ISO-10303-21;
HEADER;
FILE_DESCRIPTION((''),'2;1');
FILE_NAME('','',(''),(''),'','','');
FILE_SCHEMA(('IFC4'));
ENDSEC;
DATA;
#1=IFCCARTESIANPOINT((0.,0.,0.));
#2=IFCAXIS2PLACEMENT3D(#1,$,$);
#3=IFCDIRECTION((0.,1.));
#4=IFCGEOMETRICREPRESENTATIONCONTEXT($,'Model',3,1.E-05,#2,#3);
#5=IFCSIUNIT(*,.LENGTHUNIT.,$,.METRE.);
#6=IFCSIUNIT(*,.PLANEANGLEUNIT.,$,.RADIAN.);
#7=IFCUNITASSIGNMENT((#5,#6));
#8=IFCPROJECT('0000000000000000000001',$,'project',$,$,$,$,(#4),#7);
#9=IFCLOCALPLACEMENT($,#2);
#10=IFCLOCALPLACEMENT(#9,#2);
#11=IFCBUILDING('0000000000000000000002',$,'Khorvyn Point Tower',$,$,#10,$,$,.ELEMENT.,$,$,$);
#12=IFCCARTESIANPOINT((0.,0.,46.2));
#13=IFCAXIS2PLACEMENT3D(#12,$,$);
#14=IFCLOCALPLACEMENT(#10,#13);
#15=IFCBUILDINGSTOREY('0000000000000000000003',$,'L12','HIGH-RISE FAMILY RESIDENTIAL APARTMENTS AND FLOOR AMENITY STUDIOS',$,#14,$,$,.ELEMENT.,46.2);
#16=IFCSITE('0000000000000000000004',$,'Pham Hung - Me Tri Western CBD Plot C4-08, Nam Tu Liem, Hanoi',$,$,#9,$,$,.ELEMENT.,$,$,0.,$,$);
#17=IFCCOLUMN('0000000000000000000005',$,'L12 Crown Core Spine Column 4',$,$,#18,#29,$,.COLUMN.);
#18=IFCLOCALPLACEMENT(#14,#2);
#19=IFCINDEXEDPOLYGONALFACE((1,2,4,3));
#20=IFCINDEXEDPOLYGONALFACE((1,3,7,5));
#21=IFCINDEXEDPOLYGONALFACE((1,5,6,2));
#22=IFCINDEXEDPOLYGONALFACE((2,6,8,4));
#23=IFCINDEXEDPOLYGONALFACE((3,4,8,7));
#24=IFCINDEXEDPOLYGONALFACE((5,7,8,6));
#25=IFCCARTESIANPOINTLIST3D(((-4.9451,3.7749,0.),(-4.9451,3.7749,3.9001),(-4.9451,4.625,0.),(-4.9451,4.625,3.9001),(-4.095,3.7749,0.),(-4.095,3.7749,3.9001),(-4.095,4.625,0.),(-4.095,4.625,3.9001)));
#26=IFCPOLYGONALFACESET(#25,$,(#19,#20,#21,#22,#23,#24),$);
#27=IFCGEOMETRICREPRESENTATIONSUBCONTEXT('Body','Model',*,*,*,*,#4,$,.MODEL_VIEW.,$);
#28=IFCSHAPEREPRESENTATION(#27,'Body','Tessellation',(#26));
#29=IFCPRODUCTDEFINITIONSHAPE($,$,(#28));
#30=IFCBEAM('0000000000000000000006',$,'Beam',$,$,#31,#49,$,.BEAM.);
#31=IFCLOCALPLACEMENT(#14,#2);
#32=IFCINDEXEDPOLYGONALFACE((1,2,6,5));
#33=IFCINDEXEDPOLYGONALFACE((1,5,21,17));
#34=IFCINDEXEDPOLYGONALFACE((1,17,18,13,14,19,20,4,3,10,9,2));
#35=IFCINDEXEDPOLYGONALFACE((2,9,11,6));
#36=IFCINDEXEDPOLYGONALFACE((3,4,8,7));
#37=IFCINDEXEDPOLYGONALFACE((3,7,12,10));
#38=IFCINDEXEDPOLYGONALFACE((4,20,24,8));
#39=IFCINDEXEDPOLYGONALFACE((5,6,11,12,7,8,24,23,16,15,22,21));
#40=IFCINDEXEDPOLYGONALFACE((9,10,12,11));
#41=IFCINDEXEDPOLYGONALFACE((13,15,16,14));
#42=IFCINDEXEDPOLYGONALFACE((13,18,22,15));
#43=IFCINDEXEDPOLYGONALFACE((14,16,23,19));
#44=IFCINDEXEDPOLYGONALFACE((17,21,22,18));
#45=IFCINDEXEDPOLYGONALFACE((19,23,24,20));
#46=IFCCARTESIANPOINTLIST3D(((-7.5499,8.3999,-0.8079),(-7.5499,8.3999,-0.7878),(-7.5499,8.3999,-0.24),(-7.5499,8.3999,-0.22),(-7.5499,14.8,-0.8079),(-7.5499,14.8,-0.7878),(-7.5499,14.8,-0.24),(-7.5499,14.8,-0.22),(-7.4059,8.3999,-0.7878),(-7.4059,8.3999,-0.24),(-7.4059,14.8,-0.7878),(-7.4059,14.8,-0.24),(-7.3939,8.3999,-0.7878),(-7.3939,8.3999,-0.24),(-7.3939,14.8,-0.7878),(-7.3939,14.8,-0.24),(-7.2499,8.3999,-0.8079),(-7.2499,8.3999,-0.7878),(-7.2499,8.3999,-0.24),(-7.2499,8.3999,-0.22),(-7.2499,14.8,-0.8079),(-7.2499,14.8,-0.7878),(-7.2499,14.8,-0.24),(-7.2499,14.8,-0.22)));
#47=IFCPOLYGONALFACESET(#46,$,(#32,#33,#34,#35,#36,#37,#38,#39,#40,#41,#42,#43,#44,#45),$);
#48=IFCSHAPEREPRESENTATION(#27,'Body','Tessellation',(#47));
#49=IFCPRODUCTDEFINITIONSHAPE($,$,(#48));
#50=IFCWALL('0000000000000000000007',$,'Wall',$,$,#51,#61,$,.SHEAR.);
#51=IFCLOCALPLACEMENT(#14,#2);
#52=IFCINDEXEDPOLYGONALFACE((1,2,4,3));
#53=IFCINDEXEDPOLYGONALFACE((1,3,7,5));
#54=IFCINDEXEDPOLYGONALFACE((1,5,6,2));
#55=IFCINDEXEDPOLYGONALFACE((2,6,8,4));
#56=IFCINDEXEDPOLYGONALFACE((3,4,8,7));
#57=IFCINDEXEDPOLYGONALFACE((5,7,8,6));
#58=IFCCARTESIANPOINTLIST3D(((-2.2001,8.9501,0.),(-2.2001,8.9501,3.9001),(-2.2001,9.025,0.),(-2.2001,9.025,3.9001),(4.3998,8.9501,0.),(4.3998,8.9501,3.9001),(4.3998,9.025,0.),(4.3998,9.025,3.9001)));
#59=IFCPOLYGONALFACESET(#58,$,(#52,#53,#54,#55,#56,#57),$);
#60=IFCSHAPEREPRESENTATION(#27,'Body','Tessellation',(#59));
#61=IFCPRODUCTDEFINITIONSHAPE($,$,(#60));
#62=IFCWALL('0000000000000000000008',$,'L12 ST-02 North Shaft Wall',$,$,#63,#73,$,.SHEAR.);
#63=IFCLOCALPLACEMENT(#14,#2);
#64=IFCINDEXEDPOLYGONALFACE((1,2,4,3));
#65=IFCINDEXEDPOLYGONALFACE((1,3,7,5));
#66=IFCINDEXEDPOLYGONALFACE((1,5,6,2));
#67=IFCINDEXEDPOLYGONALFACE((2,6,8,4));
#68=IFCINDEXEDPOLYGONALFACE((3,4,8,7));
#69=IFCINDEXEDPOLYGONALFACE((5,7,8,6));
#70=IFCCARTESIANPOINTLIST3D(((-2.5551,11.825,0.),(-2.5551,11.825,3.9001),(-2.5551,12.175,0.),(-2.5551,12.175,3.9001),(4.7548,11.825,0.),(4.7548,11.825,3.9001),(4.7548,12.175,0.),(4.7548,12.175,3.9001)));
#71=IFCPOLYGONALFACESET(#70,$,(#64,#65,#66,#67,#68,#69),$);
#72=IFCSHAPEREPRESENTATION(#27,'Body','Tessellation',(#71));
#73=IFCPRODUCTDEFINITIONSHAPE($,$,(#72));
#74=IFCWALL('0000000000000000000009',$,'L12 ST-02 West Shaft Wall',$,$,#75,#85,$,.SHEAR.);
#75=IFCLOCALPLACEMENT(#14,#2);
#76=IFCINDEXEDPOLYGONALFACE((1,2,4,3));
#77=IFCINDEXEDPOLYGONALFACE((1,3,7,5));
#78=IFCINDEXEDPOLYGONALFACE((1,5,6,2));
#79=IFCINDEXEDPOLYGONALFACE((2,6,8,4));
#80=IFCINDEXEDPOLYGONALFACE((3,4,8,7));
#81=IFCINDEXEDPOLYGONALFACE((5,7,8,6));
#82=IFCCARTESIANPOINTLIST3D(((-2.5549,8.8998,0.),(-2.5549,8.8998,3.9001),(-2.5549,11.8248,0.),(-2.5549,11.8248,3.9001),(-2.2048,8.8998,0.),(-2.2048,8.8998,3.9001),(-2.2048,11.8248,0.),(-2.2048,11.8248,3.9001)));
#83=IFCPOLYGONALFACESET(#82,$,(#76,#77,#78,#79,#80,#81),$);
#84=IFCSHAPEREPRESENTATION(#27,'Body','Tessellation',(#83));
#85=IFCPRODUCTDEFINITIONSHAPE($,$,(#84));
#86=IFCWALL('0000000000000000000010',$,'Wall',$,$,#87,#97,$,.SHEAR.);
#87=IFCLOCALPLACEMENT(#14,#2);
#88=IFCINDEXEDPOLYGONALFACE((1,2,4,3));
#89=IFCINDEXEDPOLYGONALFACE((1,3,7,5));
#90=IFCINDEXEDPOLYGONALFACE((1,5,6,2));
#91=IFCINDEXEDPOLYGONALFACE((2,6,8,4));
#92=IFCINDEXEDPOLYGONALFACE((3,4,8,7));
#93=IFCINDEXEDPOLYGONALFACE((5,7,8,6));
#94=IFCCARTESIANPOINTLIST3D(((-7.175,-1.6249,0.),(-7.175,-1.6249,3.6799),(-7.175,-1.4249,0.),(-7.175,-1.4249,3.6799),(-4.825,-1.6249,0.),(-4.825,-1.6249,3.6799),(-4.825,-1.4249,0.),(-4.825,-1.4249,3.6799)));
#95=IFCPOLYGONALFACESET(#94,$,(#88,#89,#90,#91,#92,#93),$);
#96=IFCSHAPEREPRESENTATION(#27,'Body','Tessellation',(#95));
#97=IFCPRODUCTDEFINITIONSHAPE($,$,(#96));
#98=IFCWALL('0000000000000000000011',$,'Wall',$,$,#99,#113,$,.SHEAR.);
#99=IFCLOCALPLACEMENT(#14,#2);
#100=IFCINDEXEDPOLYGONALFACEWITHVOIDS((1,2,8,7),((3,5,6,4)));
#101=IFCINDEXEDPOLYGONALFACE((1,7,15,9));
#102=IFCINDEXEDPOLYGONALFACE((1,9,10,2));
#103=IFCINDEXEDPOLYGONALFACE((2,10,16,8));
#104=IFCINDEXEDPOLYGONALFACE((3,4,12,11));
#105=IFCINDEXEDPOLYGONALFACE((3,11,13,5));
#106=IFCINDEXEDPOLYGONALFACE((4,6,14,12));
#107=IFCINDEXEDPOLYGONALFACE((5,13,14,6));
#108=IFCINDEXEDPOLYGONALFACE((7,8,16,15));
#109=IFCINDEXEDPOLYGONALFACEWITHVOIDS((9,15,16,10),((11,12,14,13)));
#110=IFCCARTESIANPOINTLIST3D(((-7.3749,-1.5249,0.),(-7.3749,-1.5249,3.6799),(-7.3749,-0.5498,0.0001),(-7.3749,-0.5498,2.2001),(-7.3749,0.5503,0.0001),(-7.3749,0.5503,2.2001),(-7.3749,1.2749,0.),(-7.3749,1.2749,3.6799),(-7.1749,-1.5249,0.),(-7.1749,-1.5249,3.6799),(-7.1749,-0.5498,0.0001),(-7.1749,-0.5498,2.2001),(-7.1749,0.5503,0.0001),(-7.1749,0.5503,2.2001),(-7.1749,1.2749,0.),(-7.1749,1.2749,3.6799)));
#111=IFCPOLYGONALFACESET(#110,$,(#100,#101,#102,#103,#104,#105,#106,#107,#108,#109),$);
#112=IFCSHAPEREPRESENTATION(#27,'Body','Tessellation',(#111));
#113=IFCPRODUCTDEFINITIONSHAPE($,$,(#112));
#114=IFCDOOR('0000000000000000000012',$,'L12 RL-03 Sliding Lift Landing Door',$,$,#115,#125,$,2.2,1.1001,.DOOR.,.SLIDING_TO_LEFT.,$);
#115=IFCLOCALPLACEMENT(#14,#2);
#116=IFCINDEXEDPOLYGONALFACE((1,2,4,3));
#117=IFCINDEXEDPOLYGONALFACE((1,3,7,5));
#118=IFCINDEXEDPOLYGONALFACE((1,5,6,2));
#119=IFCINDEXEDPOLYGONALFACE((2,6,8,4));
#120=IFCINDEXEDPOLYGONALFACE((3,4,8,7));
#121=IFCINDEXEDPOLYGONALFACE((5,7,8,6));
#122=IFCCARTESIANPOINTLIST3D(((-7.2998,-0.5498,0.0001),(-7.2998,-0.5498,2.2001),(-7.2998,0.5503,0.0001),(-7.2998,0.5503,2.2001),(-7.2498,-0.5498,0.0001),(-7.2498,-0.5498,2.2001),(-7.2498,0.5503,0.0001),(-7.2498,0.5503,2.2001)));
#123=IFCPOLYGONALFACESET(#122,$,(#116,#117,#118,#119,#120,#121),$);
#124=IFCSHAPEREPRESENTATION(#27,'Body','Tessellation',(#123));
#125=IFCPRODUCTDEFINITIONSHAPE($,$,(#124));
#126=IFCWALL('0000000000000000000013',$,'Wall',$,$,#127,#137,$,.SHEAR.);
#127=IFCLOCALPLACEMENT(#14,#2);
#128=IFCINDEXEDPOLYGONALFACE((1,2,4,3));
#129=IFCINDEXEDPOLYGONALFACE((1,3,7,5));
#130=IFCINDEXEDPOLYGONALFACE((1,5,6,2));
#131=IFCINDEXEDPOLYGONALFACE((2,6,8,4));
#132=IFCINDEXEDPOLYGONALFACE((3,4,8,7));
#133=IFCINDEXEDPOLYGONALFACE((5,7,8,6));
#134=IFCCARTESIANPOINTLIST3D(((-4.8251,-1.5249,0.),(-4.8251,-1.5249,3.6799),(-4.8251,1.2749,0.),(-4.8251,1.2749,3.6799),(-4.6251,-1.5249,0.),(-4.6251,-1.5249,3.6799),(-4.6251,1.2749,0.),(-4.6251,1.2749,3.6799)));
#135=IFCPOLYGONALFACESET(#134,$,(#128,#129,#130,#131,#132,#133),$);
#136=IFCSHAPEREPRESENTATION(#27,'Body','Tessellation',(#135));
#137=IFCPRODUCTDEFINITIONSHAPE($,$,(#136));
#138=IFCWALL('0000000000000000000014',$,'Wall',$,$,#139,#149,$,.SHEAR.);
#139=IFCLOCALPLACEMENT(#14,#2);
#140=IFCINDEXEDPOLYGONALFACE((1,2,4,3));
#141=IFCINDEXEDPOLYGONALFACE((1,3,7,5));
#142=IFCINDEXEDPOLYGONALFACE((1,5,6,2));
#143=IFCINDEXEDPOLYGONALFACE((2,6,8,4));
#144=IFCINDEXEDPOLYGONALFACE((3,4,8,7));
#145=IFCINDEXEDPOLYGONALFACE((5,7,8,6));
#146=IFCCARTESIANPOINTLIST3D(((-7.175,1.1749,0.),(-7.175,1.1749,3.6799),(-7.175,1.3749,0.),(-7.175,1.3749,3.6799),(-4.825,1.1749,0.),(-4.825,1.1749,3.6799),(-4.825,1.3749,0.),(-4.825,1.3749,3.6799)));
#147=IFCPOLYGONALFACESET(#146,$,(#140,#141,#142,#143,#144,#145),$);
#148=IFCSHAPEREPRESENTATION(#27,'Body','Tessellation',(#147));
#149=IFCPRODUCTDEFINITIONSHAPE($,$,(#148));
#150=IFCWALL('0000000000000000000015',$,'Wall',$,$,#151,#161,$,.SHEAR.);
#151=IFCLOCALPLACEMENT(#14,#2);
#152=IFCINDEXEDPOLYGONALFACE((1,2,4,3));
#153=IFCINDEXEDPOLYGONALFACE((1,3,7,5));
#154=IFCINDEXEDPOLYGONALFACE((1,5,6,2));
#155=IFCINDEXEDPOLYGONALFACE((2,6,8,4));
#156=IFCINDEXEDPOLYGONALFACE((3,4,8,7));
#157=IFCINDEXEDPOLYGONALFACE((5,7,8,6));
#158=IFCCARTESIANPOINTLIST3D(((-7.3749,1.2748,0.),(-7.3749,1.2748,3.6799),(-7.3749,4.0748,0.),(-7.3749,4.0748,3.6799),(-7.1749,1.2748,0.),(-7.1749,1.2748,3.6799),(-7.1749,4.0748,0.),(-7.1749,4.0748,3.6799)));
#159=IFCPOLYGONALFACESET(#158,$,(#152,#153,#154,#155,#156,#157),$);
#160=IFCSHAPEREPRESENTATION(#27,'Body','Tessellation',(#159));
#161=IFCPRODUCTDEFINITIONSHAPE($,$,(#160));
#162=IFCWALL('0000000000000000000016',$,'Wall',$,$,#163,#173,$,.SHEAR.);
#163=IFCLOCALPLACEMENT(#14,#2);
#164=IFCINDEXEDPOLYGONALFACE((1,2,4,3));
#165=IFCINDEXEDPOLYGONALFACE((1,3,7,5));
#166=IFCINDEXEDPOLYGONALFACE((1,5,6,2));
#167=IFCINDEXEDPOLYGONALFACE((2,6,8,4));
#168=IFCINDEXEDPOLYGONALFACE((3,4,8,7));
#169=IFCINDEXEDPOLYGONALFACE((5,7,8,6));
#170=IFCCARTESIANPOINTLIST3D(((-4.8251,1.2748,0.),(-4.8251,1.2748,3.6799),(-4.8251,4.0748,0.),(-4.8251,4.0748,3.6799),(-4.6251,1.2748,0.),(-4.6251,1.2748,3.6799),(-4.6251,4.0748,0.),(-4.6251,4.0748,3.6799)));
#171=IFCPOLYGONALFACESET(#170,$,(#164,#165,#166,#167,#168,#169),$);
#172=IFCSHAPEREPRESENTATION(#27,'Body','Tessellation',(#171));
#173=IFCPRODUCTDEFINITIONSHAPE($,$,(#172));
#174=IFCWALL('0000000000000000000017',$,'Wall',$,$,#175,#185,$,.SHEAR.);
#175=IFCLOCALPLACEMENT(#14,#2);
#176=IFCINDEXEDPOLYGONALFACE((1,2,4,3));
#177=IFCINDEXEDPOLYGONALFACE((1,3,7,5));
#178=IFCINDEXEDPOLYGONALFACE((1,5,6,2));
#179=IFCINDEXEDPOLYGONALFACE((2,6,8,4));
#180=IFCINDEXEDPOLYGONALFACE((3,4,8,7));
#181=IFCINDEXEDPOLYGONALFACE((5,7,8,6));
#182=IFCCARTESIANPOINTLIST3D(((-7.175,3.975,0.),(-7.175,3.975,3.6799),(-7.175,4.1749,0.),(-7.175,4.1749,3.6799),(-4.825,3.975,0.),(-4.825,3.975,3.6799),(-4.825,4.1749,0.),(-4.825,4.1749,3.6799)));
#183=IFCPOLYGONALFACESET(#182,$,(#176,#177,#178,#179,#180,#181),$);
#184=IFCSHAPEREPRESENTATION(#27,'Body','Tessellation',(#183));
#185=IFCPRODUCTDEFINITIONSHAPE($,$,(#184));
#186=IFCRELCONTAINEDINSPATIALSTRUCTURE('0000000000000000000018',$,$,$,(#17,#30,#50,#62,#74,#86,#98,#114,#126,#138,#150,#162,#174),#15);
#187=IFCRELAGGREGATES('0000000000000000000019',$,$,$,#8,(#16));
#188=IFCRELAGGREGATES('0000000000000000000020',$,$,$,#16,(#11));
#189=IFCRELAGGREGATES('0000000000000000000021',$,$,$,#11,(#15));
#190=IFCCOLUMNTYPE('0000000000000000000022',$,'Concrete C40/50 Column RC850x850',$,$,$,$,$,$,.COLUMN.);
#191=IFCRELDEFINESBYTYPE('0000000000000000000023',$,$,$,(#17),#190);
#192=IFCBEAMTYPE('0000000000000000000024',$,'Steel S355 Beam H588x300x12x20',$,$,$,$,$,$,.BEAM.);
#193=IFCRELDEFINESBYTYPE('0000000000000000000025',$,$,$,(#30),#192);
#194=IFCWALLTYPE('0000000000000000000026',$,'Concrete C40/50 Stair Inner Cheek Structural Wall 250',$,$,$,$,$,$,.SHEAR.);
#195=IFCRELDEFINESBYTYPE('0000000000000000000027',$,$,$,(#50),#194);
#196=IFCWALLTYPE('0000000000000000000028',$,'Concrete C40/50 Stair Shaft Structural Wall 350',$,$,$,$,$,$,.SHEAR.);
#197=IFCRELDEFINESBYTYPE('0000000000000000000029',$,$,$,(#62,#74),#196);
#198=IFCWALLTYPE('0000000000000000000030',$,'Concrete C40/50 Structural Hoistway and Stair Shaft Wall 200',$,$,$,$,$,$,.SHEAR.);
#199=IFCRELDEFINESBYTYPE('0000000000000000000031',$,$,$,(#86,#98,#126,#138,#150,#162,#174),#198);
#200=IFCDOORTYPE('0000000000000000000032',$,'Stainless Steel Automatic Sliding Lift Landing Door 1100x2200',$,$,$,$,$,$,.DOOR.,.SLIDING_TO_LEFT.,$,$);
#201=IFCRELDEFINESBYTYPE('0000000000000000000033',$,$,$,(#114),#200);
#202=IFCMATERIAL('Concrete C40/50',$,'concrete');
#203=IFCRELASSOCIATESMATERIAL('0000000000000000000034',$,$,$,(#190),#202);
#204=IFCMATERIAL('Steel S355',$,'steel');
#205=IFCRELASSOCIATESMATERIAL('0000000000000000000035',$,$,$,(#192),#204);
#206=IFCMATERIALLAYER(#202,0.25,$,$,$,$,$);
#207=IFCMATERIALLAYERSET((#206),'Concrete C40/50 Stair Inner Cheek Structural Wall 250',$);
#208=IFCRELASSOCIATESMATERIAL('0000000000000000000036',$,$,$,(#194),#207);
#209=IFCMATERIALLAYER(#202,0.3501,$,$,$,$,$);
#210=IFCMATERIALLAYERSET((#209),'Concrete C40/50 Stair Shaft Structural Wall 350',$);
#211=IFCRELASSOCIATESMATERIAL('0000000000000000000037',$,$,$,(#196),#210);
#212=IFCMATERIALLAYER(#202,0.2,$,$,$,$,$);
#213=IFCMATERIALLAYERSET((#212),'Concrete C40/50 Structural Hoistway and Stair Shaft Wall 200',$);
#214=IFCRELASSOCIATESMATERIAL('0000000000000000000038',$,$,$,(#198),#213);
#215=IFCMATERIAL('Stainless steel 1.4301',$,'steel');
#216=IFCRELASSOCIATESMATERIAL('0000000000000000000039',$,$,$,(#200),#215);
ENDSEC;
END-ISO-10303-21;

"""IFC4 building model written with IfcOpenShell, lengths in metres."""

from ifc_helpers import new_model, si_unit, direction, frame, frame_2d, origin, origin_2d, place, context, subcontext, project, spatial, rectangle, i_section, extrude, material, layer, layer_set, material_profile, profile_set, type_object, element, fill, save


model = new_model("IFC4")

# Units and contexts
model_context = context("Model", 3, precision=1e-05, world=origin(), true_north=direction((0.0, 1.0)))
body_context = subcontext(model_context, "Body", "Model", "MODEL_VIEW")
ifc_project = project(units=[si_unit("LENGTHUNIT", "METRE"), si_unit("PLANEANGLEUNIT", "RADIAN")], contexts=[model_context])

# Site, building, storey
site_placement = place(None, origin())
site = spatial("IfcSite", under=ifc_project, at=site_placement, Name="Pham Hung - Me Tri Western CBD Plot C4-08, Nam Tu Liem, Hanoi", CompositionType="ELEMENT", RefElevation=0.0)
building_placement = place(site_placement, origin())
building = spatial("IfcBuilding", under=site, at=building_placement, Name="Khorvyn Point Tower", CompositionType="ELEMENT")
storey_placement = place(building_placement, frame((0.0, 0.0, 46.2)))
storey = spatial("IfcBuildingStorey", under=building, at=storey_placement, Name="L12", Description="HIGH-RISE FAMILY RESIDENTIAL APARTMENTS AND FLOOR AMENITY STUDIOS", CompositionType="ELEMENT", Elevation=46.2)

# Column
ifc_material_1 = material(Name="Concrete C40/50", Category="concrete")
ifc_material_profile_1 = material_profile(ifc_material_1, rectangle(XDim=0.8501, YDim=0.8501, at=origin_2d()))
ifc_profile_set_1 = profile_set([ifc_material_profile_1], Name="Concrete C40/50 RC850x850")
column_type = type_object("IfcColumnType", Name="Concrete C40/50 Column RC850x850", PredefinedType="COLUMN", material=ifc_profile_set_1)
column_placement = place(storey_placement, frame((-4.52, 4.2, 0.0), z_axis=(0.0, 0.0, 1.0), x_axis=(1.0, 0.0, 0.0)))
element("IfcColumn", 1, at=column_placement, inside=storey, type_object=column_type, Name="L12 Crown Core Spine Column 4", PredefinedType="COLUMN", context=body_context, shape_type="SweptSolid", body=[
    extrude(rectangle(XDim=0.8501, YDim=0.8501, at=origin_2d()), origin(), (0.0, 0.0, 1.0), 3.9001),
])

# Beam
ifc_material_2 = material(Name="Steel S355", Category="steel")
ifc_material_profile_2 = material_profile(ifc_material_2, i_section(OverallWidth=0.3, OverallDepth=0.5879, WebThickness=0.012, FlangeThickness=0.02, at=origin_2d()))
ifc_profile_set_2 = profile_set([ifc_material_profile_2], Name="Steel S355 H588x300x12x20")
beam_type = type_object("IfcBeamType", Name="Steel S355 Beam H588x300x12x20", PredefinedType="BEAM", material=ifc_profile_set_2)
beam_placement = place(storey_placement, frame((-7.3999, 8.3999, -0.5139), z_axis=(0.0, 1.0, 0.0), x_axis=(-1.0, 0.0, 0.0)))
element("IfcBeam", 2, at=beam_placement, inside=storey, type_object=beam_type, Name="Beam", PredefinedType="BEAM", context=body_context, shape_type="SweptSolid", body=[
    extrude(i_section(OverallWidth=0.3, OverallDepth=0.5879, WebThickness=0.012, FlangeThickness=0.02, at=origin_2d()), origin(), (0.0, 0.0, 1.0), 6.4001),
])

# Walls
ifc_layer_1 = layer(ifc_material_1, 0.25)
ifc_layer_set_1 = layer_set([ifc_layer_1], Name="Concrete C40/50 Stair Inner Cheek Structural Wall 250")
wall_type_1 = type_object("IfcWallType", Name="Concrete C40/50 Stair Inner Cheek Structural Wall 250", PredefinedType="SHEAR", material=ifc_layer_set_1)
wall_1_placement = place(storey_placement, frame((-2.2, 8.9875, 0.0), z_axis=(0.0, 0.0, 1.0), x_axis=(1.0, 0.0, 0.0)))
element("IfcWall", 3, at=wall_1_placement, inside=storey, type_object=wall_type_1, Name="Wall", PredefinedType="SHEAR", context=body_context, shape_type="SweptSolid", body=[
    extrude(rectangle(XDim=6.5999, YDim=0.075, at=frame_2d((3.2998, 0.0))), origin(), (0.0, 0.0, 1.0), 3.9001),
])
ifc_layer_2 = layer(ifc_material_1, 0.3501)
ifc_layer_set_2 = layer_set([ifc_layer_2], Name="Concrete C40/50 Stair Shaft Structural Wall 350")
wall_type_2 = type_object("IfcWallType", Name="Concrete C40/50 Stair Shaft Structural Wall 350", PredefinedType="SHEAR", material=ifc_layer_set_2)
wall_2_placement = place(storey_placement, frame((-2.5549, 12.0, 0.0), z_axis=(0.0, 0.0, 1.0), x_axis=(1.0, 0.0, 0.0)))
element("IfcWall", 4, at=wall_2_placement, inside=storey, type_object=wall_type_2, Name="L12 ST-02 North Shaft Wall", PredefinedType="SHEAR", context=body_context, shape_type="SweptSolid", body=[
    extrude(rectangle(XDim=7.3098, YDim=0.3501, at=frame_2d((3.6548, 0.0))), origin(), (0.0, 0.0, 1.0), 3.9001),
])
wall_3_placement = place(storey_placement, frame((-2.3799, 8.8999, 0.0), z_axis=(0.0, 0.0, 1.0), x_axis=(0.0, 1.0, 0.0)))
element("IfcWall", 5, at=wall_3_placement, inside=storey, type_object=wall_type_2, Name="L12 ST-02 West Shaft Wall", PredefinedType="SHEAR", context=body_context, shape_type="SweptSolid", body=[
    extrude(rectangle(XDim=2.925, YDim=0.3501, at=frame_2d((1.4624, 0.0))), origin(), (0.0, 0.0, 1.0), 3.9001),
])
ifc_layer_3 = layer(ifc_material_1, 0.2)
ifc_layer_set_3 = layer_set([ifc_layer_3], Name="Concrete C40/50 Structural Hoistway and Stair Shaft Wall 200")
wall_type_3 = type_object("IfcWallType", Name="Concrete C40/50 Structural Hoistway and Stair Shaft Wall 200", PredefinedType="SHEAR", material=ifc_layer_set_3)
wall_4_placement = place(storey_placement, frame((-7.175, -1.5249, 0.0), z_axis=(0.0, 0.0, 1.0), x_axis=(1.0, 0.0, 0.0)))
element("IfcWall", 6, at=wall_4_placement, inside=storey, type_object=wall_type_3, Name="Wall", PredefinedType="SHEAR", context=body_context, shape_type="SweptSolid", body=[
    extrude(rectangle(XDim=2.3501, YDim=0.2, at=frame_2d((1.175, 0.0))), origin(), (0.0, 0.0, 1.0), 3.6799),
])

# Wall, opening, door
wall_5_placement = place(storey_placement, frame((-7.2749, -1.5249, 0.0), z_axis=(0.0, 0.0, 1.0), x_axis=(0.0, 1.0, 0.0)))
wall_5 = element("IfcWall", 7, at=wall_5_placement, inside=storey, type_object=wall_type_3, Name="Wall", PredefinedType="SHEAR", context=body_context, shape_type="SweptSolid", body=[
    extrude(rectangle(XDim=2.7998, YDim=0.2, at=frame_2d((1.3999, 0.0))), origin(), (0.0, 0.0, 1.0), 3.6799),
])
opening_placement = place(wall_5_placement, frame((0.9751, 0.0, 0.0)))
opening = element("IfcOpeningElement", 8, at=opening_placement, cuts=wall_5, PredefinedType="OPENING", context=body_context, shape_type="SweptSolid", body=[
    extrude(rectangle(XDim=1.1001, YDim=2.2, at=frame_2d((0.55, 1.1001))), frame((0.0, 0.1099, 0.0), z_axis=(0.0, -1.0, 0.0), x_axis=(1.0, 0.0, 0.0)), (0.0, 0.0, 1.0), 0.22),
])
ifc_material_3 = material(Name="Stainless steel 1.4301", Category="steel")
door_type = type_object("IfcDoorType", Name="Stainless Steel Automatic Sliding Lift Landing Door 1100x2200", OperationType="SLIDING_TO_LEFT", PredefinedType="DOOR", material=ifc_material_3)
door_placement = place(opening_placement, origin())
door = element("IfcDoor", 9, at=door_placement, inside=storey, type_object=door_type, Name="L12 RL-03 Sliding Lift Landing Door", OperationType="SLIDING_TO_LEFT", OverallHeight=2.2, OverallWidth=1.1001, PredefinedType="DOOR", context=body_context, shape_type="SweptSolid", body=[
    extrude(rectangle(XDim=1.1001, YDim=2.2, at=frame_2d((0.55, 1.1001))), frame((0.0, 0.0249, 0.0), z_axis=(0.0, -1.0, 0.0), x_axis=(1.0, 0.0, 0.0)), (0.0, 0.0, 1.0), 0.05),
])
fill(opening, door)

# Walls
wall_6_placement = place(storey_placement, frame((-4.7251, -1.5249, 0.0), z_axis=(0.0, 0.0, 1.0), x_axis=(0.0, 1.0, 0.0)))
element("IfcWall", 10, at=wall_6_placement, inside=storey, type_object=wall_type_3, Name="Wall", PredefinedType="SHEAR", context=body_context, shape_type="SweptSolid", body=[
    extrude(rectangle(XDim=2.7998, YDim=0.2, at=frame_2d((1.3999, 0.0))), origin(), (0.0, 0.0, 1.0), 3.6799),
])
wall_7_placement = place(storey_placement, frame((-7.175, 1.2749, 0.0), z_axis=(0.0, 0.0, 1.0), x_axis=(1.0, 0.0, 0.0)))
element("IfcWall", 11, at=wall_7_placement, inside=storey, type_object=wall_type_3, Name="Wall", PredefinedType="SHEAR", context=body_context, shape_type="SweptSolid", body=[
    extrude(rectangle(XDim=2.3501, YDim=0.2, at=frame_2d((1.175, 0.0))), origin(), (0.0, 0.0, 1.0), 3.6799),
])
for number, where, z_axis, x_axis, name in (
    (12, (-7.2749, 1.2749, 0.0), (0.0, 0.0, 1.0), (0.0, 1.0, 0.0), "Wall"),
    (13, (-4.7251, 1.2749, 0.0), (0.0, 0.0, 1.0), (0.0, 1.0, 0.0), "Wall"),
):
    element("IfcWall", number, at=place(storey_placement, frame(where, z_axis=z_axis, x_axis=x_axis)), inside=storey, type_object=wall_type_3, Name=name, PredefinedType="SHEAR", context=body_context, shape_type="SweptSolid", body=[
        extrude(rectangle(XDim=2.8, YDim=0.2, at=frame_2d((1.3999, 0.0))), origin(), (0.0, 0.0, 1.0), 3.6799),
    ])
wall_8_placement = place(storey_placement, frame((-7.175, 4.075, 0.0), z_axis=(0.0, 0.0, 1.0), x_axis=(1.0, 0.0, 0.0)))
element("IfcWall", 14, at=wall_8_placement, inside=storey, type_object=wall_type_3, Name="Wall", PredefinedType="SHEAR", context=body_context, shape_type="SweptSolid", body=[
    extrude(rectangle(XDim=2.3501, YDim=0.2, at=frame_2d((1.175, 0.0))), origin(), (0.0, 0.0, 1.0), 3.6799),
])

save(model, "model.ifc")
